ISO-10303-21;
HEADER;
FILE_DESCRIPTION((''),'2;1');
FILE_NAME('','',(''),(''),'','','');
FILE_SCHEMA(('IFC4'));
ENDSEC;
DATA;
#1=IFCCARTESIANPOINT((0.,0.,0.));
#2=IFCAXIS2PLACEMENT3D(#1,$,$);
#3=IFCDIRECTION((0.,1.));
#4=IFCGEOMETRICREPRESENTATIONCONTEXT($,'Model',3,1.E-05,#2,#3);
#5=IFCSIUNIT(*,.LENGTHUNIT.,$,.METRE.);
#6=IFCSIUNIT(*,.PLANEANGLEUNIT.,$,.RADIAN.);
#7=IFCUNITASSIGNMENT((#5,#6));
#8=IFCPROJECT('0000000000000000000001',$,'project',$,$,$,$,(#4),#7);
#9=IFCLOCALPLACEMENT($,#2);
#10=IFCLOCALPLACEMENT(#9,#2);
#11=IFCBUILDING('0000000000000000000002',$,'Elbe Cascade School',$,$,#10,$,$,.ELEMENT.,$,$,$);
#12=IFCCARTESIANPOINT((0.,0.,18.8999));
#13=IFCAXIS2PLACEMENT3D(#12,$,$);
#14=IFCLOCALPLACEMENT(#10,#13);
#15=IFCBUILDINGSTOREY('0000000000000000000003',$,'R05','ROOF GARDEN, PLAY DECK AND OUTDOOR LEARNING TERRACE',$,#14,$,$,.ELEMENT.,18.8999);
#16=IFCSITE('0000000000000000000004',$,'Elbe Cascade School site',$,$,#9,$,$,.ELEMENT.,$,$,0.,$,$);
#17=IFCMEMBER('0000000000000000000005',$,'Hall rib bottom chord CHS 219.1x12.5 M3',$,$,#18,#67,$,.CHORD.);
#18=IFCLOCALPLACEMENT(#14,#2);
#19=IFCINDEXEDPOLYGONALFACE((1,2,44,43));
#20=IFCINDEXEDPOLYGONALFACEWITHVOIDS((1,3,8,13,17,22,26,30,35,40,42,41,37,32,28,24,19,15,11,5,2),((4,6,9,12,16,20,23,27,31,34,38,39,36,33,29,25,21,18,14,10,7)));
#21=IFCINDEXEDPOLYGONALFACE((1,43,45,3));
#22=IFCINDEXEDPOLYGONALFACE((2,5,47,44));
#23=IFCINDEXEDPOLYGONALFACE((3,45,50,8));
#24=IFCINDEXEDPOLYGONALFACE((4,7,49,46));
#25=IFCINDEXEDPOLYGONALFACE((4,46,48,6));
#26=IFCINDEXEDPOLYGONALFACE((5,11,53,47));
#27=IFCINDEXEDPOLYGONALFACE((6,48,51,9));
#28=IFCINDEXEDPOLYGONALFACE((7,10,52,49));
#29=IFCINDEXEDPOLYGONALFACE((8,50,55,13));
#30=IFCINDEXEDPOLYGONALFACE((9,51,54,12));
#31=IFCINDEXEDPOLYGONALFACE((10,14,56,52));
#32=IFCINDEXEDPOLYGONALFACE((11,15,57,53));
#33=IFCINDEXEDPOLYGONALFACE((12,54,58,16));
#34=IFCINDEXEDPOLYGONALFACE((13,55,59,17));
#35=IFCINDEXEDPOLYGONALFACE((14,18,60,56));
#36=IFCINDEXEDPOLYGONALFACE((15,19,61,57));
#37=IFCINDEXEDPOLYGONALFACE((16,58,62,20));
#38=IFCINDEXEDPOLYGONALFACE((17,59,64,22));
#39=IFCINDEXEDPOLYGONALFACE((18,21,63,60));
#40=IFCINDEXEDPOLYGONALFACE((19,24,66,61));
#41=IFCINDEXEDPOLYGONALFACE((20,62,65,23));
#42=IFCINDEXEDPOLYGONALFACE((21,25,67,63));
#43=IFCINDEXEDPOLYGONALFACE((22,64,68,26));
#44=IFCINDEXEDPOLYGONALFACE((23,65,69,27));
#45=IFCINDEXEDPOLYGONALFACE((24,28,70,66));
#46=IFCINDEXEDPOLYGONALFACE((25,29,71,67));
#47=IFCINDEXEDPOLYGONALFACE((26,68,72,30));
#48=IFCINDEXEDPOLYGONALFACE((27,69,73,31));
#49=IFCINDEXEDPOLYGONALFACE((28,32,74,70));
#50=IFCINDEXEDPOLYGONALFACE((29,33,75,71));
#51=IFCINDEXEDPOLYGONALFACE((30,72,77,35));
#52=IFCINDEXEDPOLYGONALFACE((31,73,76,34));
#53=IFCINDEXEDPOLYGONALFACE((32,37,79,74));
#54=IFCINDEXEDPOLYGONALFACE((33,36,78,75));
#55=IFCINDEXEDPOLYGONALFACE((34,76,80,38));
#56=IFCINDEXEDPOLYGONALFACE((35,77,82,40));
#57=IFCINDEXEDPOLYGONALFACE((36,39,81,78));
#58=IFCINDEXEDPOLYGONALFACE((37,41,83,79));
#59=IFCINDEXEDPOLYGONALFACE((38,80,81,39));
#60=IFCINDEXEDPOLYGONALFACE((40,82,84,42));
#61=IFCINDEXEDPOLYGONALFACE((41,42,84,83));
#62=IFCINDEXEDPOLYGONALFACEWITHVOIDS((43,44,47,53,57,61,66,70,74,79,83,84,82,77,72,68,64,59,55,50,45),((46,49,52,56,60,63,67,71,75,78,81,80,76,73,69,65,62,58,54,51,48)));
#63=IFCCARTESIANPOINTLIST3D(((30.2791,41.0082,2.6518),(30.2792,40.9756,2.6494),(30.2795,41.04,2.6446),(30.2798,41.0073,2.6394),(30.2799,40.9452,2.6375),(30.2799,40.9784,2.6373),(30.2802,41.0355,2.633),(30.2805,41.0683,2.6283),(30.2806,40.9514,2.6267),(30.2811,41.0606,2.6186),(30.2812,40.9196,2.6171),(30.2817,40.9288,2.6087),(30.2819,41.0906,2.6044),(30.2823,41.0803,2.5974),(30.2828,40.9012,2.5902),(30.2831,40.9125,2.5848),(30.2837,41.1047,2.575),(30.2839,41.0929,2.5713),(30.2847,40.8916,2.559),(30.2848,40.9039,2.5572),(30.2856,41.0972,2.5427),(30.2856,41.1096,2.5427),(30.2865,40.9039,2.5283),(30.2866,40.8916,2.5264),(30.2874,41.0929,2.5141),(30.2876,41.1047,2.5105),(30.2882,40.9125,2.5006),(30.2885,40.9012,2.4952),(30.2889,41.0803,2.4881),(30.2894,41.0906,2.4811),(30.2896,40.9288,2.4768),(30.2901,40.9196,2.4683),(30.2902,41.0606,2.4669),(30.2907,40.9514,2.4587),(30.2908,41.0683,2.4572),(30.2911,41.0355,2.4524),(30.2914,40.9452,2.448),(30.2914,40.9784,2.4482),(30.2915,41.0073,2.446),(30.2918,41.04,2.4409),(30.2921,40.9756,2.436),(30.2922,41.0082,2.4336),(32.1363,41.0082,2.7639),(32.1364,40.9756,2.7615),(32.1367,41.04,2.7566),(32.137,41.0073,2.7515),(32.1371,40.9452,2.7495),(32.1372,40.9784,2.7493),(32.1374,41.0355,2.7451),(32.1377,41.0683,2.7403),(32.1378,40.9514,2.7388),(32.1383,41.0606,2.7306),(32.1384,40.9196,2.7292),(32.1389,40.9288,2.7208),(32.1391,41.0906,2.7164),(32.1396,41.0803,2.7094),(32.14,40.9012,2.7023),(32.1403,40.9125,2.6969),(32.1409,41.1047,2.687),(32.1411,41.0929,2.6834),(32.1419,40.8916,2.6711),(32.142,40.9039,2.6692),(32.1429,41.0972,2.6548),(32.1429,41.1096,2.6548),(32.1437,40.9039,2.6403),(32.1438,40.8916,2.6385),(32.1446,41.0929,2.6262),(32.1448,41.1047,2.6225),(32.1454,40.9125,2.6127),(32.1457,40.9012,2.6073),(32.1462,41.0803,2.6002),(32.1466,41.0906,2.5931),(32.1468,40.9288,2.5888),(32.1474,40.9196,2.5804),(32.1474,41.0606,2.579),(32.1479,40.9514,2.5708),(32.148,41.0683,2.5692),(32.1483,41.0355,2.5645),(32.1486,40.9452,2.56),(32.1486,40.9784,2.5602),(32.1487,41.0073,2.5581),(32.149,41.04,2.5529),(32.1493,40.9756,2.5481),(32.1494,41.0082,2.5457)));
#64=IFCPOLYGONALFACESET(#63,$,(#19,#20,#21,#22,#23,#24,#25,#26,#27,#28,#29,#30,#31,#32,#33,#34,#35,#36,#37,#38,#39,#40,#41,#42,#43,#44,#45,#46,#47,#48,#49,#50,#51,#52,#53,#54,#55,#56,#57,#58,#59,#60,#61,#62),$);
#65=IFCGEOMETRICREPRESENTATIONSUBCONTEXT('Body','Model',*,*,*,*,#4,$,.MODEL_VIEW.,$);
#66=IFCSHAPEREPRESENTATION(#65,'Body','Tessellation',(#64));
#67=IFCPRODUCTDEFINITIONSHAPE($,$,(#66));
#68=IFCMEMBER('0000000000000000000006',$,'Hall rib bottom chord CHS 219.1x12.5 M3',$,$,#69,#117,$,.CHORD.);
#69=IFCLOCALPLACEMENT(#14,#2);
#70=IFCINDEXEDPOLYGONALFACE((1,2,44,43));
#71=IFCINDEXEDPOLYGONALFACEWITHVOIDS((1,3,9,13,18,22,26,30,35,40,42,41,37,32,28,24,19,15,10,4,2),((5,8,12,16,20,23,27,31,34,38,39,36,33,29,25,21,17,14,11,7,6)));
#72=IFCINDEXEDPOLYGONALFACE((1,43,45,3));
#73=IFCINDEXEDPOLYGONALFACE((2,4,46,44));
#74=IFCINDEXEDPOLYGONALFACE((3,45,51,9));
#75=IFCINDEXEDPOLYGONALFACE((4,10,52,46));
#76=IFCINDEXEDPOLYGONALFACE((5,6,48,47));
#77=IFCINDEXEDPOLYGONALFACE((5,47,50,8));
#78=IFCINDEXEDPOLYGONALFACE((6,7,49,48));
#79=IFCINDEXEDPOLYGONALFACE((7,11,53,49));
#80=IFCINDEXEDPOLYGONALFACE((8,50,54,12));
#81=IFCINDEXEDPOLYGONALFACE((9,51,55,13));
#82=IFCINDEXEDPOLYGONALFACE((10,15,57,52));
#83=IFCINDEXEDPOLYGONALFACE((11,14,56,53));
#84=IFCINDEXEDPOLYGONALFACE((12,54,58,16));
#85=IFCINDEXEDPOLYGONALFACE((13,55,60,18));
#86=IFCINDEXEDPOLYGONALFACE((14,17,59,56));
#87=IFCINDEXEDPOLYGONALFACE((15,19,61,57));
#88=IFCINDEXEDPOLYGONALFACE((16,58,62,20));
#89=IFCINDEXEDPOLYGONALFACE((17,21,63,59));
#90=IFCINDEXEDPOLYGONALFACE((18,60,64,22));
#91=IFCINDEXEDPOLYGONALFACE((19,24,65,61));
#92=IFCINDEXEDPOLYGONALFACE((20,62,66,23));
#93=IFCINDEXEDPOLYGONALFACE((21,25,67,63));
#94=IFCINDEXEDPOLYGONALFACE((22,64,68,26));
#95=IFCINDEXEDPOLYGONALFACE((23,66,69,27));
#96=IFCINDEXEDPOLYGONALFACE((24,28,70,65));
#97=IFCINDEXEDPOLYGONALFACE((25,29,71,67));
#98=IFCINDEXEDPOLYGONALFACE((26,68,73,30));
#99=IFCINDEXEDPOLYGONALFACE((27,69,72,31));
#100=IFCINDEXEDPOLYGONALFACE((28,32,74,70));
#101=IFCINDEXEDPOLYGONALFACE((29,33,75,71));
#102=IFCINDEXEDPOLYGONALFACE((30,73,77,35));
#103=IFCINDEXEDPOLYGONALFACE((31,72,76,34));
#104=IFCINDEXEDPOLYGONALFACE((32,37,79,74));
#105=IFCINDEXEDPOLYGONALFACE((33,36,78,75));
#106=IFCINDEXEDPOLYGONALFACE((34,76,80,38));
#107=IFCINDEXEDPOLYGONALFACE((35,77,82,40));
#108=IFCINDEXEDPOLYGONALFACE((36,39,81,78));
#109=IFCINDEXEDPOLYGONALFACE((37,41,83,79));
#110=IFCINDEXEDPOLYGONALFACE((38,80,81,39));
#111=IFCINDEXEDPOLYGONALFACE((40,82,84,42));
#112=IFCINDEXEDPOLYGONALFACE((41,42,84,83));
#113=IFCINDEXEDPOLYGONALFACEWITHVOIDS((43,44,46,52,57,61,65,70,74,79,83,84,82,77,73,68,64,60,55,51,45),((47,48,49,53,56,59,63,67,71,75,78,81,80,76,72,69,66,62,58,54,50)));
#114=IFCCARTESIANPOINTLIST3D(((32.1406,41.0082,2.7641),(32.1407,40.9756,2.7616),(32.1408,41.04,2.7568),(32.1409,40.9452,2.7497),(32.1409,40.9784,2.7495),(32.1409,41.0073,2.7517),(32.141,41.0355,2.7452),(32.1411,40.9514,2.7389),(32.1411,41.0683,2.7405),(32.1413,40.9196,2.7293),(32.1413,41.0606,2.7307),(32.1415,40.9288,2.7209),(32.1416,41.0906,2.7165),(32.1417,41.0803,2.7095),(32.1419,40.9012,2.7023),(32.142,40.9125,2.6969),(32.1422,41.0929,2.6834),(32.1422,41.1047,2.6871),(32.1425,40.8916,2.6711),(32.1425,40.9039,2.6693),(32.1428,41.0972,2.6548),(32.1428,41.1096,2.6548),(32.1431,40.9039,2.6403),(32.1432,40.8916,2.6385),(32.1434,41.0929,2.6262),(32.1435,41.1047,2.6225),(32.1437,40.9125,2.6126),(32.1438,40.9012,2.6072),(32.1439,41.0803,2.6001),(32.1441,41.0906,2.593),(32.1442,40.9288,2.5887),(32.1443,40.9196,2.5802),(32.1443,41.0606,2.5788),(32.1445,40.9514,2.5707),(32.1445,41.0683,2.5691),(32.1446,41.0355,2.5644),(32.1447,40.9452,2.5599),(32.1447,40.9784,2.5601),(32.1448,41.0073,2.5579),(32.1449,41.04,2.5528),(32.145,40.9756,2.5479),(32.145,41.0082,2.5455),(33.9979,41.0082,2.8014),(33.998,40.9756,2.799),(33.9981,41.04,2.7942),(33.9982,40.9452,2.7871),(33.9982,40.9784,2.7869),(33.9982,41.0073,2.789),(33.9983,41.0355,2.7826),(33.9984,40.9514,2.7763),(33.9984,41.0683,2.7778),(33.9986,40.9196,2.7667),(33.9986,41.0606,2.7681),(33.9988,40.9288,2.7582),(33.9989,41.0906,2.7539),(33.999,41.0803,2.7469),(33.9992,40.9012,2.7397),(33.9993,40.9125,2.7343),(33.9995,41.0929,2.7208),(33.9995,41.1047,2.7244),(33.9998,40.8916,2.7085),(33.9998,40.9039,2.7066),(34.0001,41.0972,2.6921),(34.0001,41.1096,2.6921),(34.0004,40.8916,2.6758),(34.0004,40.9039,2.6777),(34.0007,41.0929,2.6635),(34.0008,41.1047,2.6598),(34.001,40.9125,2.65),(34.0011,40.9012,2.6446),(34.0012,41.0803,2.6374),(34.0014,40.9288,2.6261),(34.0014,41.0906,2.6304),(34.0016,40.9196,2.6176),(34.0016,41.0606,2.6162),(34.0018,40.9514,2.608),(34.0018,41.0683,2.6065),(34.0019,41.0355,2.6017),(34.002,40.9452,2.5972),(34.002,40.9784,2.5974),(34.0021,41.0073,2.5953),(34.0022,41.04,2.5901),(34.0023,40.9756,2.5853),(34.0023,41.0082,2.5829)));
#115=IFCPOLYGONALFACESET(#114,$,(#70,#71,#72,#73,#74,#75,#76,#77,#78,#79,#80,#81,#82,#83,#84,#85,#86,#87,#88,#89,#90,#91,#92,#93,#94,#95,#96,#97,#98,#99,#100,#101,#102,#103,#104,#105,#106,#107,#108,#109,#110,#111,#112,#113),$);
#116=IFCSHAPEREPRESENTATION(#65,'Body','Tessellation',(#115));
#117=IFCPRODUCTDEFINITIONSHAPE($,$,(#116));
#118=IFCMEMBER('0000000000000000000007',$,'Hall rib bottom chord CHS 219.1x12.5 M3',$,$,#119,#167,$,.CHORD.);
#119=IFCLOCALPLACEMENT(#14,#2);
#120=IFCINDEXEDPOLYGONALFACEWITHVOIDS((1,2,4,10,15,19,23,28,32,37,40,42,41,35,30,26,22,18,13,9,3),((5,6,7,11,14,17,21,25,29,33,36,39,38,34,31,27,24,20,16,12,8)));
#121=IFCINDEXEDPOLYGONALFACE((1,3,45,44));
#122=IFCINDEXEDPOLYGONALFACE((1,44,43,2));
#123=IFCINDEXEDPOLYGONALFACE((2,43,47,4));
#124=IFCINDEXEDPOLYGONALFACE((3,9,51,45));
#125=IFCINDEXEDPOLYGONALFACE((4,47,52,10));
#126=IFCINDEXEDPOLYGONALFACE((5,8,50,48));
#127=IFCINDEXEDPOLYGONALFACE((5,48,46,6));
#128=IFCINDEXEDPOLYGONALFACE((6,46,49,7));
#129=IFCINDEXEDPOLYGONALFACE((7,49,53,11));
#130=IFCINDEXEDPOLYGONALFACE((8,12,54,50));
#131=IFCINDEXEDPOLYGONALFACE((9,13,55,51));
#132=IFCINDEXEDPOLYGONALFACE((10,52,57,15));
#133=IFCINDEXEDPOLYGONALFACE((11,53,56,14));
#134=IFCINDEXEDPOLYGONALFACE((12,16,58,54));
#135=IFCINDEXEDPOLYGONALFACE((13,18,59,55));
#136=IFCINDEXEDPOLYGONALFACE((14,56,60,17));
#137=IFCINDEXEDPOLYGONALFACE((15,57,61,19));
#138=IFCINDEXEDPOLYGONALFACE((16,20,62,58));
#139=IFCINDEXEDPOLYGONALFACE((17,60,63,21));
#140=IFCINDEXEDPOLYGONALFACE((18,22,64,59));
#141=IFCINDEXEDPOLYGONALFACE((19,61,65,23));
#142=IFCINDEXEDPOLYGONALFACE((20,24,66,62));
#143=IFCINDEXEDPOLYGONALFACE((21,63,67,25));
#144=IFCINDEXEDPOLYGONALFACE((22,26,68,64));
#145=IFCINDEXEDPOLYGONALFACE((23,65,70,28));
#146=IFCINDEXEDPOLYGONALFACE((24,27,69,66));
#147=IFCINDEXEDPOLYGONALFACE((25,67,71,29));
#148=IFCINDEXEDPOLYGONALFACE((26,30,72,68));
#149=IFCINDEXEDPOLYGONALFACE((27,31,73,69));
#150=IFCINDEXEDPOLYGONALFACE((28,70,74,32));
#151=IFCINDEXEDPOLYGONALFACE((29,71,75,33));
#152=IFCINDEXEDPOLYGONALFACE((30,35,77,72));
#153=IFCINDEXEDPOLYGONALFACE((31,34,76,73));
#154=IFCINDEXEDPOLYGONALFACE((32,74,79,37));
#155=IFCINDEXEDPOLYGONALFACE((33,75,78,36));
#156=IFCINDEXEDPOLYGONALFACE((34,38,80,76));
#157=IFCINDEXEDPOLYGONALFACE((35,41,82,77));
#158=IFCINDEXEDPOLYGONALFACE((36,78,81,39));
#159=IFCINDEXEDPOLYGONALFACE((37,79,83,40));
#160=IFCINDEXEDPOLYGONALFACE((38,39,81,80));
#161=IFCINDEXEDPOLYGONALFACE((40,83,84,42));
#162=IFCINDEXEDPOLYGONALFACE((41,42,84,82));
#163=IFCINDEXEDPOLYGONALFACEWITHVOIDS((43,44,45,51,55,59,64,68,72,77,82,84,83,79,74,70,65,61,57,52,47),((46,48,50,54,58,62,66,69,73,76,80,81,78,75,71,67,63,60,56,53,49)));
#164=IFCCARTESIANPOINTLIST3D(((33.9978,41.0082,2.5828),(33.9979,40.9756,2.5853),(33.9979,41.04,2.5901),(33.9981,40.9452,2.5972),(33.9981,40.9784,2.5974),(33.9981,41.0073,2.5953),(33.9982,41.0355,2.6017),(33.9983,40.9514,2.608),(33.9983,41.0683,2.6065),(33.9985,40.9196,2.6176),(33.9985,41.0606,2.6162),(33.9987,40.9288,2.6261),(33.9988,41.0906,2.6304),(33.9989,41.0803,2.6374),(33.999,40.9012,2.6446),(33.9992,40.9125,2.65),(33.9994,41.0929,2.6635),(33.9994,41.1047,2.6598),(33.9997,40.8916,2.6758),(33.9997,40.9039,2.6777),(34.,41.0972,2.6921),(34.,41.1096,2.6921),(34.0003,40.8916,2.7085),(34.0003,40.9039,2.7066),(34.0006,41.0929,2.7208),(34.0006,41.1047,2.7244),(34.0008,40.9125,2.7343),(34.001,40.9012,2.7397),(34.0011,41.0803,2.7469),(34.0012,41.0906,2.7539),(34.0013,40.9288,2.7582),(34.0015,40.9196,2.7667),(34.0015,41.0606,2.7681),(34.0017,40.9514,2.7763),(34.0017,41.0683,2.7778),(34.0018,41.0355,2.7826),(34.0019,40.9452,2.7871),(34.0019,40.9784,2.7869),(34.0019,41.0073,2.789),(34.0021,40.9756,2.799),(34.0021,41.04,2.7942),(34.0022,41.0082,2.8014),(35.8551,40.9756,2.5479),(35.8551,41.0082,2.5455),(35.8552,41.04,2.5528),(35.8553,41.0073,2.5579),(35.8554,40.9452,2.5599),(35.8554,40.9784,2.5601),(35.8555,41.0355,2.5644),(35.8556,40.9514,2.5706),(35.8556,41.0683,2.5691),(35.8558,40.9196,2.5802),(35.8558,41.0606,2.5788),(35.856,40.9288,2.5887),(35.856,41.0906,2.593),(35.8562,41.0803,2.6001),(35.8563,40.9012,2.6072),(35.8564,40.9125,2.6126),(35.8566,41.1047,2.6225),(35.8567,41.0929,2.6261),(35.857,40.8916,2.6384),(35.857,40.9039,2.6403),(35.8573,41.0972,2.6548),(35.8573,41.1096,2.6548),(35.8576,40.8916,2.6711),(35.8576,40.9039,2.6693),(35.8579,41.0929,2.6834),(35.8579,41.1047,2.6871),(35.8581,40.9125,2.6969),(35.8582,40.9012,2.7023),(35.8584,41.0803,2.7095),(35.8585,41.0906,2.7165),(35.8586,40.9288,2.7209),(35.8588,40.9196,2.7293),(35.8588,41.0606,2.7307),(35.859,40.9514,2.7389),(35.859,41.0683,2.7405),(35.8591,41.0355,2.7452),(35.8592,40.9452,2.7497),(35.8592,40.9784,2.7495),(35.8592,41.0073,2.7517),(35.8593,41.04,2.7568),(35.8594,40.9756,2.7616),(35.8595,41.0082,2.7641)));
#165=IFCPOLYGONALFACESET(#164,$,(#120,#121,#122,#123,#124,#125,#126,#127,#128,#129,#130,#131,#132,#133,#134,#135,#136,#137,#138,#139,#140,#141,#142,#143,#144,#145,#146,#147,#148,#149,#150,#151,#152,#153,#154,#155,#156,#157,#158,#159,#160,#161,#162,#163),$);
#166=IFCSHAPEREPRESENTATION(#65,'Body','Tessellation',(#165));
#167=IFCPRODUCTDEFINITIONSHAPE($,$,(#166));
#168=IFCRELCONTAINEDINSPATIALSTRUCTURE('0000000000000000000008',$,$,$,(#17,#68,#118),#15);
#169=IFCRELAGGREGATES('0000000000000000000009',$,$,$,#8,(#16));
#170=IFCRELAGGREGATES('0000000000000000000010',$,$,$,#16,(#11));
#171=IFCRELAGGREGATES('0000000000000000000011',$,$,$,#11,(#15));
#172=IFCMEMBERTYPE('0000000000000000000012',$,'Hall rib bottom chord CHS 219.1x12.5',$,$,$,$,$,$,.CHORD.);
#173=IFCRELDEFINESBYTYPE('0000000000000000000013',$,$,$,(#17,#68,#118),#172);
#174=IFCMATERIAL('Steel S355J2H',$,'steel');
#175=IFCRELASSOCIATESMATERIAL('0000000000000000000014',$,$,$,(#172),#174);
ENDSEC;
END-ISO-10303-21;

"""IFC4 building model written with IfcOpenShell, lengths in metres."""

from ifc_helpers import new_model, si_unit, direction, frame, origin, origin_2d, place, context, subcontext, project, spatial, hollow_circle, extrude, material, material_profile, profile_set, type_object, element, save


model = new_model("IFC4")

# Units and contexts
model_context = context("Model", 3, precision=1e-05, world=origin(), true_north=direction((0.0, 1.0)))
body_context = subcontext(model_context, "Body", "Model", "MODEL_VIEW")
ifc_project = project(units=[si_unit("LENGTHUNIT", "METRE"), si_unit("PLANEANGLEUNIT", "RADIAN")], contexts=[model_context])

# Site, building, storey
site_placement = place(None, origin())
site = spatial("IfcSite", under=ifc_project, at=site_placement, Name="Elbe Cascade School site", CompositionType="ELEMENT", RefElevation=0.0)
building_placement = place(site_placement, origin())
building = spatial("IfcBuilding", under=site, at=building_placement, Name="Elbe Cascade School", CompositionType="ELEMENT")
storey_placement = place(building_placement, frame((0.0, 0.0, 18.8999)))
storey = spatial("IfcBuildingStorey", under=building, at=storey_placement, Name="R05", Description="ROOF GARDEN, PLAY DECK AND OUTDOOR LEARNING TERRACE", CompositionType="ELEMENT", Elevation=18.8999)

# Members
ifc_material_1 = material(Name="Steel S355J2H", Category="steel")
ifc_material_profile_1 = material_profile(ifc_material_1, hollow_circle(Radius=0.1096, WallThickness=0.0125, at=origin_2d()), Name="CHS 219.1x12.5")
ifc_profile_set_1 = profile_set([ifc_material_profile_1], Name="Steel S355J2H")
member_type_1 = type_object("IfcMemberType", Name="Hall rib bottom chord CHS 219.1x12.5", PredefinedType="CHORD", material=ifc_profile_set_1)
member_1_placement = place(storey_placement, frame((30.2856, 41.0, 2.5427), z_axis=(0.998185, 0.0, 0.06023), x_axis=(0.0, 1.0, 0.0)))
element("IfcMember", 1, at=member_1_placement, inside=storey, type_object=member_type_1, Name="Hall rib bottom chord CHS 219.1x12.5 M3", PredefinedType="CHORD", context=body_context, shape_type="SweptSolid", body=[
    extrude(hollow_circle(Radius=0.1096, WallThickness=0.0125, at=origin_2d()), origin(), (0.0, 0.0, 1.0), 1.8606),
])
for number, where, z_axis, x_axis, name in (
    (2, (32.1428, 41.0, 2.6548), (0.999798, 0.0, 0.020109), (0.0, 1.0, 0.0), "Hall rib bottom chord CHS 219.1x12.5 M3"),
    (3, (34.0, 41.0, 2.6921), (0.999798, 0.0, -0.020109), (0.0, 1.0, 0.0), "Hall rib bottom chord CHS 219.1x12.5 M3"),
):
    element("IfcMember", number, at=place(storey_placement, frame(where, z_axis=z_axis, x_axis=x_axis)), inside=storey, type_object=member_type_1, Name=name, PredefinedType="CHORD", context=body_context, shape_type="SweptSolid", body=[
        extrude(hollow_circle(Radius=0.1096, WallThickness=0.0125, at=origin_2d()), origin(), (0.0, 0.0, 1.0), 1.8577),
    ])

save(model, "model.ifc")
